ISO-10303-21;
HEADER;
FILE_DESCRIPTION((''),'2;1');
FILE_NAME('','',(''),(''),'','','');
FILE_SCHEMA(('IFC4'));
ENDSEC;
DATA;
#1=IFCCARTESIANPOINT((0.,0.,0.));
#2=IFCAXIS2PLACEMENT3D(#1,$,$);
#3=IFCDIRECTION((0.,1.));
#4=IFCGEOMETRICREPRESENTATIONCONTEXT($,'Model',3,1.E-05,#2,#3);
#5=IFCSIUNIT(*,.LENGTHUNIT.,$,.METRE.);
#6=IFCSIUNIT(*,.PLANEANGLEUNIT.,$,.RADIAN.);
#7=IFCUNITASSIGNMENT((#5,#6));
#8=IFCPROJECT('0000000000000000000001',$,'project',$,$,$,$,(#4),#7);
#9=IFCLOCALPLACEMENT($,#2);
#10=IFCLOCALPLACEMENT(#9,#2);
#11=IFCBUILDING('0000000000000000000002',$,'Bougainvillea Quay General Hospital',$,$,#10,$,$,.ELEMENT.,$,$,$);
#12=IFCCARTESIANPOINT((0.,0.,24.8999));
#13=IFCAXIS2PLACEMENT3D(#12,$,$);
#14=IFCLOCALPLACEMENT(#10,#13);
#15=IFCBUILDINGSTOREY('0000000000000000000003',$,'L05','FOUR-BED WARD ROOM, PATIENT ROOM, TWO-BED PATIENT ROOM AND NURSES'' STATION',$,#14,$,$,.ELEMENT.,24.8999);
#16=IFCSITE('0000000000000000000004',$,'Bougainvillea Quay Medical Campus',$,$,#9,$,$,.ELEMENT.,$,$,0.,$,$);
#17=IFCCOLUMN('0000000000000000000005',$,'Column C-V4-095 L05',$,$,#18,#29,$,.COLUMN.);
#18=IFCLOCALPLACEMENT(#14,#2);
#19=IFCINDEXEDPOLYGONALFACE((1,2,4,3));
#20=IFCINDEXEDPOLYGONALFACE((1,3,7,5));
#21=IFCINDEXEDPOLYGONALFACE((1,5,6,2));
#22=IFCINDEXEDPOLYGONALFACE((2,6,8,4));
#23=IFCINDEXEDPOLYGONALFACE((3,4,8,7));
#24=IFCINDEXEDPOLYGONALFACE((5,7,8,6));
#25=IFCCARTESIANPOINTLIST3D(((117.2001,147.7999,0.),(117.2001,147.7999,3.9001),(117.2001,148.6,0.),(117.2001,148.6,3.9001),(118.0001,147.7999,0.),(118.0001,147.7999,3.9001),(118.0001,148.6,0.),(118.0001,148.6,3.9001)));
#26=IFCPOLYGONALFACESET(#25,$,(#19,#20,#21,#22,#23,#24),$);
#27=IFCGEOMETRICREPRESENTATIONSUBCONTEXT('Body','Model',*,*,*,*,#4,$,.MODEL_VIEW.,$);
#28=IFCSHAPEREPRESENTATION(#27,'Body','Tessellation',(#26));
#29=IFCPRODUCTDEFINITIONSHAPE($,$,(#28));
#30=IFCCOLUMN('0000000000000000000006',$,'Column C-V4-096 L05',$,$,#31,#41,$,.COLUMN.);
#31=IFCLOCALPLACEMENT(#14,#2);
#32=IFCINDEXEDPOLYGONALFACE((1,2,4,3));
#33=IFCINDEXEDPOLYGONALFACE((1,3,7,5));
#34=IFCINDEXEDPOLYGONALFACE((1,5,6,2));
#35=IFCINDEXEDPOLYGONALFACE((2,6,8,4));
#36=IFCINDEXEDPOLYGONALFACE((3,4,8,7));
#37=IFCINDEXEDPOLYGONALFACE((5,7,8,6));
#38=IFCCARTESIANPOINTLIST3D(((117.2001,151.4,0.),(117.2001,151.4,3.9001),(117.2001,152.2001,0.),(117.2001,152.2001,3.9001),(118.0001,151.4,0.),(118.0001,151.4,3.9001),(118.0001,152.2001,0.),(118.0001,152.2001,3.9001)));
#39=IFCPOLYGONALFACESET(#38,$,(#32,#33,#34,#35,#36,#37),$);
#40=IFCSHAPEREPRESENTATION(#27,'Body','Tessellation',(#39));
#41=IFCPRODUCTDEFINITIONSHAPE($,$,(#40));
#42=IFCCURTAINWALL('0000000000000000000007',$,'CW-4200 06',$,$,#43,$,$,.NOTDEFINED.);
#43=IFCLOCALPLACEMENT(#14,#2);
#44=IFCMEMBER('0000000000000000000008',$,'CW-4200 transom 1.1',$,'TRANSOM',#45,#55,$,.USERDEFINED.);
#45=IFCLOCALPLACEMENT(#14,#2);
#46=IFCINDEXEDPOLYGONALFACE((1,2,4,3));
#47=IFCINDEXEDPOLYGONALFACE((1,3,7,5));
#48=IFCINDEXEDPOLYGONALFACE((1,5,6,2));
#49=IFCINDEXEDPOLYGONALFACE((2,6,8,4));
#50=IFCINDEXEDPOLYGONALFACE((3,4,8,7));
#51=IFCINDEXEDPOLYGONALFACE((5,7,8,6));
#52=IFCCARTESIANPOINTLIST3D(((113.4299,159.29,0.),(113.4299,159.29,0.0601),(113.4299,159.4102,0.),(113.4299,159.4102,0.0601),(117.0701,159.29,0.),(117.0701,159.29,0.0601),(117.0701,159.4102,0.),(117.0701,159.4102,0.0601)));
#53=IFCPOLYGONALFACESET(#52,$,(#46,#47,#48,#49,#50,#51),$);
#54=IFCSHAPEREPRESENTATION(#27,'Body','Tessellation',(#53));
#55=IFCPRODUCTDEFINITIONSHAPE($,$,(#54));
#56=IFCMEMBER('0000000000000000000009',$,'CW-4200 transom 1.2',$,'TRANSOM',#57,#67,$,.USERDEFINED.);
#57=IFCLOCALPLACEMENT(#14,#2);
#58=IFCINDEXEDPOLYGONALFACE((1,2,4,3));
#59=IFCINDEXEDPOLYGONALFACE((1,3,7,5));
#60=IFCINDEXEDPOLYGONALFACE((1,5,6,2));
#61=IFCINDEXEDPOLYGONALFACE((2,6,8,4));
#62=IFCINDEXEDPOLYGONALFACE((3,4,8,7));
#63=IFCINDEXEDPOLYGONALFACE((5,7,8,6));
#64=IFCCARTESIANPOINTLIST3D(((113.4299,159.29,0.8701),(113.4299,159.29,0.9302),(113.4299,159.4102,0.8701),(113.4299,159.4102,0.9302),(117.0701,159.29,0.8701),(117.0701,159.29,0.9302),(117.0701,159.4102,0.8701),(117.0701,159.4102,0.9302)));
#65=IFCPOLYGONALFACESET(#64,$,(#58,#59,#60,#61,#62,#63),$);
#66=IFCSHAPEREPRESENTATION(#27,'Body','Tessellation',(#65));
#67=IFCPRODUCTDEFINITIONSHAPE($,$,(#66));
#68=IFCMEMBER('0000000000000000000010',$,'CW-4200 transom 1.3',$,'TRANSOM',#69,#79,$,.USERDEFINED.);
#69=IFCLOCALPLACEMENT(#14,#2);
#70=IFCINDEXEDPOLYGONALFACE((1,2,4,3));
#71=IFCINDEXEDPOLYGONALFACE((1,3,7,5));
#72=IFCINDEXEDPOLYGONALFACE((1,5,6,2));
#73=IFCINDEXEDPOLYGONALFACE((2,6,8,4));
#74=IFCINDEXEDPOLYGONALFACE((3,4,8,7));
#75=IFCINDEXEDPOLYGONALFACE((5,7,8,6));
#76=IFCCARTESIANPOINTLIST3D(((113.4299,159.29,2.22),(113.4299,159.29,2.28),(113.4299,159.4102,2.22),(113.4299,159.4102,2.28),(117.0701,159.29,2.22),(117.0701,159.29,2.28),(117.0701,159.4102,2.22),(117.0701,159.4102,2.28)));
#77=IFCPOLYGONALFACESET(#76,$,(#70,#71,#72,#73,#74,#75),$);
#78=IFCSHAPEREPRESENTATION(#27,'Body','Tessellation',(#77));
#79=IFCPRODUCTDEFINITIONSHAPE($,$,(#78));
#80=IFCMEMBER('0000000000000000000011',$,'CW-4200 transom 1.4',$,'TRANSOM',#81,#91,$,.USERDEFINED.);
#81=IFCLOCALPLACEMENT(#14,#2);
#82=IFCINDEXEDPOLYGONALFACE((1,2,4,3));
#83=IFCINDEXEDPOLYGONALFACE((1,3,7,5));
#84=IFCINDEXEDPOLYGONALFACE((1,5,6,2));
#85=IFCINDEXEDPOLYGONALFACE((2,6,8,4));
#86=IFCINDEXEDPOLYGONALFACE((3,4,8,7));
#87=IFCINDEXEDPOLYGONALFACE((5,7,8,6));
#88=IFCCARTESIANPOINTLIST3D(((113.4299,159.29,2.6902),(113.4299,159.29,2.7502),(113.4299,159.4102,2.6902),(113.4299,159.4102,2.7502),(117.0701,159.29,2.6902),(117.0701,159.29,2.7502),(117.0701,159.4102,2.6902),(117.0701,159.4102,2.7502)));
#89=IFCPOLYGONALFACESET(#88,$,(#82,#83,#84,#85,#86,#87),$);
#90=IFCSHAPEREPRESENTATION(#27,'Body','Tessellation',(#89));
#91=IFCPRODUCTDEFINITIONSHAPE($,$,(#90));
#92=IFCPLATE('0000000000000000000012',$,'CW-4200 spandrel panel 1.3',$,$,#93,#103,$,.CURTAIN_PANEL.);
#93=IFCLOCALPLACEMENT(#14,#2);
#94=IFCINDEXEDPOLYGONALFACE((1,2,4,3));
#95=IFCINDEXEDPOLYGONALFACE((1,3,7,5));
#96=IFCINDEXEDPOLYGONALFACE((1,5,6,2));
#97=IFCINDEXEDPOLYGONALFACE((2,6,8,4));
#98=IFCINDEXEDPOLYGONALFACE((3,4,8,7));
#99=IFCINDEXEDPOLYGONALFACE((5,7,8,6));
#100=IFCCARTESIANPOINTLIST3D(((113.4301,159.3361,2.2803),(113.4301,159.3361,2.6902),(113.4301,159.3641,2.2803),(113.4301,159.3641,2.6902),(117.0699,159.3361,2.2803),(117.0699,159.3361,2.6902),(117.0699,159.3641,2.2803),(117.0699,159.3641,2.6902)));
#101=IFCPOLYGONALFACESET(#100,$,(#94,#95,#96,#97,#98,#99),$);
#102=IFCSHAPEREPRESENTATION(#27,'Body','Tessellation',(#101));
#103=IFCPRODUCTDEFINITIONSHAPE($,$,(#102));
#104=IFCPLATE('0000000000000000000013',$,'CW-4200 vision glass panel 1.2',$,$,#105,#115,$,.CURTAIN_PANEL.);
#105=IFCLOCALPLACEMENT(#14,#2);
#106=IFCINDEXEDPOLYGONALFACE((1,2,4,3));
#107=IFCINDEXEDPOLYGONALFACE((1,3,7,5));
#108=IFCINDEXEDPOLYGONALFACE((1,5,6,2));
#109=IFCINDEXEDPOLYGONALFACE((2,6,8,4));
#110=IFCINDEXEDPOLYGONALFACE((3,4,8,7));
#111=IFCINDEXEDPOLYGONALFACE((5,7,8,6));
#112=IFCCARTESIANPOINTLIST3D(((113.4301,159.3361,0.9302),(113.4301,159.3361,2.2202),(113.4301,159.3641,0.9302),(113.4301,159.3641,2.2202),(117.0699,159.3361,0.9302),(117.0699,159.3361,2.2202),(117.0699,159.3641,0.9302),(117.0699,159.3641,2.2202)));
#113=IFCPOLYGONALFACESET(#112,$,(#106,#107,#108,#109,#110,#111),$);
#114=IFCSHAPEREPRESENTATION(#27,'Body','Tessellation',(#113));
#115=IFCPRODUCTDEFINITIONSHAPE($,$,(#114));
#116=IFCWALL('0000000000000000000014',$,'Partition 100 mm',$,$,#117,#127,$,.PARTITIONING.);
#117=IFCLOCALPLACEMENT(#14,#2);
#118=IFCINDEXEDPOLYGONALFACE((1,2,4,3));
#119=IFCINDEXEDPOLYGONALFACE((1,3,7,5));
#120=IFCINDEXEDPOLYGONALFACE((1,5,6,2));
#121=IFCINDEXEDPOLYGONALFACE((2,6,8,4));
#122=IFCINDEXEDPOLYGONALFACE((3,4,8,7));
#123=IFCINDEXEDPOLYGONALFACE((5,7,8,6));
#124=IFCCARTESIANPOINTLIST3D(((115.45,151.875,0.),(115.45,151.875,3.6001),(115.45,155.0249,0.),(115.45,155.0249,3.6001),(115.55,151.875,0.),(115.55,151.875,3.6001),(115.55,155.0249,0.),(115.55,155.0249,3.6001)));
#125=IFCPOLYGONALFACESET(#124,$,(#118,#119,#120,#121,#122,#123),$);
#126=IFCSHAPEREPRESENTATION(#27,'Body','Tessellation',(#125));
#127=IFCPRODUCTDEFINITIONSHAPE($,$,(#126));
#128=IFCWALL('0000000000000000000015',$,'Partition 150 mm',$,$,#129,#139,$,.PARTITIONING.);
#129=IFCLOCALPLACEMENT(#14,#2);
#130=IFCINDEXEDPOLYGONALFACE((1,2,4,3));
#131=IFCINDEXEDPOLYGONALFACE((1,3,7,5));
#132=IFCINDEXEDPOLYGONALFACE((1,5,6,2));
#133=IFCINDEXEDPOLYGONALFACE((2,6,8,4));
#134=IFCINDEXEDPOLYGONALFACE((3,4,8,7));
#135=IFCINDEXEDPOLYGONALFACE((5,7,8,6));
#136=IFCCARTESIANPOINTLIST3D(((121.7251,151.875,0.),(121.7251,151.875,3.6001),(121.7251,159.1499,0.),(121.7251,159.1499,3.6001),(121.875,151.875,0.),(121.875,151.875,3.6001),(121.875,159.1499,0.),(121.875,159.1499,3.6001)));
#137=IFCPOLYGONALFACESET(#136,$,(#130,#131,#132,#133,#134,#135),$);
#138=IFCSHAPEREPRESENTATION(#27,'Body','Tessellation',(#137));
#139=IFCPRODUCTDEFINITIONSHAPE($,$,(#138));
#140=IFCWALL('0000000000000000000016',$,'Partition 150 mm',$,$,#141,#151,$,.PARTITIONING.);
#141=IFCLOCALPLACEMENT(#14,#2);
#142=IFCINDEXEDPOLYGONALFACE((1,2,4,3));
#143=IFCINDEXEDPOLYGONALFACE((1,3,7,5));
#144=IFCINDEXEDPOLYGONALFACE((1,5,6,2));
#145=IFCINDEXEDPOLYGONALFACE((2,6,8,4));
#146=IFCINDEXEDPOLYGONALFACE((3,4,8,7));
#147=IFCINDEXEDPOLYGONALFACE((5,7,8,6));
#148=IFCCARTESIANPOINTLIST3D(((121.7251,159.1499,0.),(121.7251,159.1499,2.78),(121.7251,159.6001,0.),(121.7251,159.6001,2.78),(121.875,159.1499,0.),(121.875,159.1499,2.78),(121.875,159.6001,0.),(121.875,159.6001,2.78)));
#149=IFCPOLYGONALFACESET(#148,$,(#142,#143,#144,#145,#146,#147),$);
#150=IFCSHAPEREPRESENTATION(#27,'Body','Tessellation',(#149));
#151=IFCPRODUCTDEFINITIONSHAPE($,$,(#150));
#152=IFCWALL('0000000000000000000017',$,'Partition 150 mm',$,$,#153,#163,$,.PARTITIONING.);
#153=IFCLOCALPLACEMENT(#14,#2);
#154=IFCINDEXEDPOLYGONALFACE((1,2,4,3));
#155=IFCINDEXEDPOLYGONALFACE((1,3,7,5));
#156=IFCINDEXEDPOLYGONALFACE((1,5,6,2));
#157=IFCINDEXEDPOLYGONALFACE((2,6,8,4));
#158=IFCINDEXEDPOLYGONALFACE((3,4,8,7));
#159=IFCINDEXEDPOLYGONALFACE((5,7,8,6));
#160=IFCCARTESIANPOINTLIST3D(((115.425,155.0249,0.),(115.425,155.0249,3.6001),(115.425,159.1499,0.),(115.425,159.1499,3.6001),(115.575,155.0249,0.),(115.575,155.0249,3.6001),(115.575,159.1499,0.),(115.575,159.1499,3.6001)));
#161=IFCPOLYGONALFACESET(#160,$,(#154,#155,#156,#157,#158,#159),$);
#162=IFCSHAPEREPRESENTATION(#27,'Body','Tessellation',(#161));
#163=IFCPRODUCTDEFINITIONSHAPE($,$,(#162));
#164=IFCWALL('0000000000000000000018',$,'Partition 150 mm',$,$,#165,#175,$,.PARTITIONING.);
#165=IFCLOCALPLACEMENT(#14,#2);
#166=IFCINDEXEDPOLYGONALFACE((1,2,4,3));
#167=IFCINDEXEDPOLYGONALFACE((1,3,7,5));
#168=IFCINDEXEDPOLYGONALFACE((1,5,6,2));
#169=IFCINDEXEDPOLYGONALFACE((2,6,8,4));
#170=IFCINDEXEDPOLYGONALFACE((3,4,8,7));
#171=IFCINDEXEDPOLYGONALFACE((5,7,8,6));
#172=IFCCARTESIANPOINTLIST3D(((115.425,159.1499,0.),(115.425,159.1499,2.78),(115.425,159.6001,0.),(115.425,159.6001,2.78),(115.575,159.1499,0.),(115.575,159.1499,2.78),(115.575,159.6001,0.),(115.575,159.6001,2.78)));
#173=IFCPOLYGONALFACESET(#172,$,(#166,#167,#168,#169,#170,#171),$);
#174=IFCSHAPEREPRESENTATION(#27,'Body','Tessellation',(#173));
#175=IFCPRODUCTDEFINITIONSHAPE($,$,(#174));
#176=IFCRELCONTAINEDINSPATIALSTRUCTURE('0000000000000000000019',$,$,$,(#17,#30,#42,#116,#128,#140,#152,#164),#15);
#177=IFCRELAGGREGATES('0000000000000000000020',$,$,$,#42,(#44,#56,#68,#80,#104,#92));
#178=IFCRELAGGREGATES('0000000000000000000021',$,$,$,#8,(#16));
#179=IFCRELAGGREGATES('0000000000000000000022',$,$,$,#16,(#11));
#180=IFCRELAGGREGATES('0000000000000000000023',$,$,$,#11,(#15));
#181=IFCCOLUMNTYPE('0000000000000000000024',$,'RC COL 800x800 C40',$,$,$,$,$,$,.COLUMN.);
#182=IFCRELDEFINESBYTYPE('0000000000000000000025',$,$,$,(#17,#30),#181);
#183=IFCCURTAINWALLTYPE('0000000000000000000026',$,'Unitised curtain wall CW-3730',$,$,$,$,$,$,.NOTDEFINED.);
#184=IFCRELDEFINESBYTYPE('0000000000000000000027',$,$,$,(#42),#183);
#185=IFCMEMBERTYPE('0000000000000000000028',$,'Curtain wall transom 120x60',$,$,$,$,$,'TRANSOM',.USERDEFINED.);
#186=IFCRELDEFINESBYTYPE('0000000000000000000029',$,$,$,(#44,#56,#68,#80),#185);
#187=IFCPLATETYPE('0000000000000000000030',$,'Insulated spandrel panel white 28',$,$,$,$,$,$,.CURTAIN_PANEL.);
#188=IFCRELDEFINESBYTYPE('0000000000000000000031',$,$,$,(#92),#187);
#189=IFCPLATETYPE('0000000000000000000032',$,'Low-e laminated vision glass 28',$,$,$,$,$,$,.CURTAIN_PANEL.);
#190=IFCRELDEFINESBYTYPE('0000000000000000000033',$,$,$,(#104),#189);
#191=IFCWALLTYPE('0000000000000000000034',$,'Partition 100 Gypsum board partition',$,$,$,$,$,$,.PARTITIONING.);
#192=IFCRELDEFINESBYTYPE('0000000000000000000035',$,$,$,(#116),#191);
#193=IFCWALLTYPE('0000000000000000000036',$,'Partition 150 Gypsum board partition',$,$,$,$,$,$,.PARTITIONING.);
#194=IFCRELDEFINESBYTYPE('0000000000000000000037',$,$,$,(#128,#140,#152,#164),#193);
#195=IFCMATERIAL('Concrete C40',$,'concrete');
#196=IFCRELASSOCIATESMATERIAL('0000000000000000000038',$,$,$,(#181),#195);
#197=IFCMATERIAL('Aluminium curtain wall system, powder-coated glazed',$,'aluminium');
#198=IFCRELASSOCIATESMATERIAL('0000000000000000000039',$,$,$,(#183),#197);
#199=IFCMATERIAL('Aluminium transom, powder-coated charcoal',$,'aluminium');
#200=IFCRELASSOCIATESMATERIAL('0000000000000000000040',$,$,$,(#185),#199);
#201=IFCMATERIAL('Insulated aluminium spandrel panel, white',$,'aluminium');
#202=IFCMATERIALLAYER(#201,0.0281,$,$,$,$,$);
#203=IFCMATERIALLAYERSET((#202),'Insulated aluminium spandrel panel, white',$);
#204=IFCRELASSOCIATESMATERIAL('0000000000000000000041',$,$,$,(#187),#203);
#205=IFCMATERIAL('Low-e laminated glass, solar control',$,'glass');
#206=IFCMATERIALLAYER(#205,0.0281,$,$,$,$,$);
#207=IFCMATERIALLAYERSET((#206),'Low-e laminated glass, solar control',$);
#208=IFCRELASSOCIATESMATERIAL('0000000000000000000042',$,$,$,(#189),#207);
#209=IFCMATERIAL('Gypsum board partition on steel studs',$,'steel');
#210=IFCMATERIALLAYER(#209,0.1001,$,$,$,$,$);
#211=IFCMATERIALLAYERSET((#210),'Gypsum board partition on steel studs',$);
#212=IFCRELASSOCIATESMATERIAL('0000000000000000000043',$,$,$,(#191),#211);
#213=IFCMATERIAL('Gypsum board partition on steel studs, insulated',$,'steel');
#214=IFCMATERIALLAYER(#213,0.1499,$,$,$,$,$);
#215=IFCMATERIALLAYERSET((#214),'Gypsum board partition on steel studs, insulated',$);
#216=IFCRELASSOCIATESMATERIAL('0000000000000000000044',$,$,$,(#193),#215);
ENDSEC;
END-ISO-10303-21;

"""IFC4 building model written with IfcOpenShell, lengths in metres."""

from ifc_helpers import new_model, si_unit, direction, frame, frame_2d, origin, origin_2d, place, context, subcontext, project, spatial, rectangle, extrude, material, layer, layer_set, material_profile, profile_set, type_object, element, aggregate, save


model = new_model("IFC4")

# Units and contexts
model_context = context("Model", 3, precision=1e-05, world=origin(), true_north=direction((0.0, 1.0)))
body_context = subcontext(model_context, "Body", "Model", "MODEL_VIEW")
ifc_project = project(units=[si_unit("LENGTHUNIT", "METRE"), si_unit("PLANEANGLEUNIT", "RADIAN")], contexts=[model_context])

# Site, building, storey
site_placement = place(None, origin())
site = spatial("IfcSite", under=ifc_project, at=site_placement, Name="Bougainvillea Quay Medical Campus", CompositionType="ELEMENT", RefElevation=0.0)
building_placement = place(site_placement, origin())
building = spatial("IfcBuilding", under=site, at=building_placement, Name="Bougainvillea Quay General Hospital", CompositionType="ELEMENT")
storey_placement = place(building_placement, frame((0.0, 0.0, 24.8999)))
storey = spatial("IfcBuildingStorey", under=building, at=storey_placement, Name="L05", Description="FOUR-BED WARD ROOM, PATIENT ROOM, TWO-BED PATIENT ROOM AND NURSES' STATION", CompositionType="ELEMENT", Elevation=24.8999)

# Columns
ifc_material_1 = material(Name="Concrete C40", Category="concrete")
ifc_material_profile_1 = material_profile(ifc_material_1, rectangle(XDim=0.8, YDim=0.8, at=origin_2d()))
ifc_profile_set_1 = profile_set([ifc_material_profile_1], Name="Concrete C40")
column_type = type_object("IfcColumnType", Name="RC COL 800x800 C40", PredefinedType="COLUMN", material=ifc_profile_set_1)
for number, where, z_axis, x_axis, name in (
    (1, (117.6001, 148.2, 0.0), (0.0, 0.0, 1.0), (1.0, 0.0, 0.0), "Column C-V4-095 L05"),
    (2, (117.6001, 151.8, 0.0), (0.0, 0.0, 1.0), (1.0, 0.0, 0.0), "Column C-V4-096 L05"),
):
    element("IfcColumn", number, at=place(storey_placement, frame(where, z_axis=z_axis, x_axis=x_axis)), inside=storey, type_object=column_type, Name=name, PredefinedType="COLUMN", context=body_context, shape_type="SweptSolid", body=[
        extrude(rectangle(XDim=0.8, YDim=0.8, at=origin_2d()), origin(), (0.0, 0.0, 1.0), 3.9001),
    ])

# Curtain wall, members, plates
ifc_material_2 = material(Name="Aluminium curtain wall system, powder-coated glazed", Category="aluminium")
curtain_wall_type = type_object("IfcCurtainWallType", Name="Unitised curtain wall CW-3730", PredefinedType="NOTDEFINED", material=ifc_material_2)
curtain_wall_placement = place(storey_placement, origin())
curtain_wall = element("IfcCurtainWall", 3, at=curtain_wall_placement, inside=storey, type_object=curtain_wall_type, Name="CW-4200 06", PredefinedType="NOTDEFINED")
ifc_material_3 = material(Name="Aluminium transom, powder-coated charcoal", Category="aluminium")
ifc_material_profile_2 = material_profile(ifc_material_3, rectangle(XDim=0.1201, YDim=0.0601, at=origin_2d()))
ifc_profile_set_2 = profile_set([ifc_material_profile_2], Name="Aluminium transom, powder-coated charcoal")
member_type = type_object("IfcMemberType", Name="Curtain wall transom 120x60", ElementType="TRANSOM", PredefinedType="USERDEFINED", material=ifc_profile_set_2)
member_1_placement = place(storey_placement, frame((117.0701, 159.3501, 0.03), z_axis=(-1.0, 0.0, 0.0), x_axis=(0.0, -1.0, 0.0)))
member_1 = element("IfcMember", 4, at=member_1_placement, type_object=member_type, Name="CW-4200 transom 1.1", ObjectType="TRANSOM", PredefinedType="USERDEFINED", context=body_context, shape_type="SweptSolid", body=[
    extrude(rectangle(XDim=0.1201, YDim=0.0601, at=origin_2d()), origin(), (0.0, 0.0, 1.0), 3.6401),
])
member_2_placement = place(storey_placement, frame((117.0701, 159.3501, 0.9001), z_axis=(-1.0, 0.0, 0.0), x_axis=(0.0, -1.0, 0.0)))
member_2 = element("IfcMember", 5, at=member_2_placement, type_object=member_type, Name="CW-4200 transom 1.2", ObjectType="TRANSOM", PredefinedType="USERDEFINED", context=body_context, shape_type="SweptSolid", body=[
    extrude(rectangle(XDim=0.1201, YDim=0.0601, at=origin_2d()), origin(), (0.0, 0.0, 1.0), 3.6401),
])
member_3_placement = place(storey_placement, frame((117.0701, 159.3501, 2.25), z_axis=(-1.0, 0.0, 0.0), x_axis=(0.0, -1.0, 0.0)))
member_3 = element("IfcMember", 6, at=member_3_placement, type_object=member_type, Name="CW-4200 transom 1.3", ObjectType="TRANSOM", PredefinedType="USERDEFINED", context=body_context, shape_type="SweptSolid", body=[
    extrude(rectangle(XDim=0.1201, YDim=0.0601, at=origin_2d()), origin(), (0.0, 0.0, 1.0), 3.6401),
])
member_4_placement = place(storey_placement, frame((117.0701, 159.3501, 2.7202), z_axis=(-1.0, 0.0, 0.0), x_axis=(0.0, -1.0, 0.0)))
member_4 = element("IfcMember", 7, at=member_4_placement, type_object=member_type, Name="CW-4200 transom 1.4", ObjectType="TRANSOM", PredefinedType="USERDEFINED", context=body_context, shape_type="SweptSolid", body=[
    extrude(rectangle(XDim=0.1201, YDim=0.0601, at=origin_2d()), origin(), (0.0, 0.0, 1.0), 3.6401),
])
ifc_material_4 = material(Name="Insulated aluminium spandrel panel, white", Category="aluminium")
ifc_layer_1 = layer(ifc_material_4, 0.0281)
ifc_layer_set_1 = layer_set([ifc_layer_1], Name="Insulated aluminium spandrel panel, white")
plate_type_1 = type_object("IfcPlateType", Name="Insulated spandrel panel white 28", PredefinedType="CURTAIN_PANEL", material=ifc_layer_set_1)
plate_1_placement = place(storey_placement, frame((115.25, 159.3501, 2.2803), z_axis=(0.0, 0.0, 1.0), x_axis=(-1.0, 0.0, 0.0)))
plate_1 = element("IfcPlate", 8, at=plate_1_placement, type_object=plate_type_1, Name="CW-4200 spandrel panel 1.3", PredefinedType="CURTAIN_PANEL", context=body_context, shape_type="SweptSolid", body=[
    extrude(rectangle(XDim=3.6399, YDim=0.0281, at=origin_2d()), origin(), (0.0, 0.0, 1.0), 0.4099),
])
ifc_material_5 = material(Name="Low-e laminated glass, solar control", Category="glass")
ifc_layer_2 = layer(ifc_material_5, 0.0281)
ifc_layer_set_2 = layer_set([ifc_layer_2], Name="Low-e laminated glass, solar control")
plate_type_2 = type_object("IfcPlateType", Name="Low-e laminated vision glass 28", PredefinedType="CURTAIN_PANEL", material=ifc_layer_set_2)
plate_2_placement = place(storey_placement, frame((115.25, 159.3501, 0.9302), z_axis=(0.0, 0.0, 1.0), x_axis=(-1.0, 0.0, 0.0)))
plate_2 = element("IfcPlate", 9, at=plate_2_placement, type_object=plate_type_2, Name="CW-4200 vision glass panel 1.2", PredefinedType="CURTAIN_PANEL", context=body_context, shape_type="SweptSolid", body=[
    extrude(rectangle(XDim=3.6399, YDim=0.0281, at=origin_2d()), origin(), (0.0, 0.0, 1.0), 1.29),
])
aggregate(curtain_wall, [member_1, member_2, member_3, member_4, plate_2, plate_1])

# Walls
ifc_material_6 = material(Name="Gypsum board partition on steel studs", Category="steel")
ifc_layer_3 = layer(ifc_material_6, 0.1001)
ifc_layer_set_3 = layer_set([ifc_layer_3], Name="Gypsum board partition on steel studs")
wall_type_1 = type_object("IfcWallType", Name="Partition 100 Gypsum board partition", PredefinedType="PARTITIONING", material=ifc_layer_set_3)
wall_1_placement = place(storey_placement, frame((115.5, 151.875, 0.0), z_axis=(0.0, 0.0, 1.0), x_axis=(0.0, 1.0, 0.0)))
element("IfcWall", 10, at=wall_1_placement, inside=storey, type_object=wall_type_1, Name="Partition 100 mm", PredefinedType="PARTITIONING", context=body_context, shape_type="SweptSolid", body=[
    extrude(rectangle(XDim=3.1499, YDim=0.1001, at=frame_2d((1.575, 0.0))), origin(), (0.0, 0.0, 1.0), 3.6001),
])
ifc_material_7 = material(Name="Gypsum board partition on steel studs, insulated", Category="steel")
ifc_layer_4 = layer(ifc_material_7, 0.1499)
ifc_layer_set_4 = layer_set([ifc_layer_4], Name="Gypsum board partition on steel studs, insulated")
wall_type_2 = type_object("IfcWallType", Name="Partition 150 Gypsum board partition", PredefinedType="PARTITIONING", material=ifc_layer_set_4)
wall_2_placement = place(storey_placement, frame((121.8, 151.875, 0.0), z_axis=(0.0, 0.0, 1.0), x_axis=(0.0, 1.0, 0.0)))
element("IfcWall", 11, at=wall_2_placement, inside=storey, type_object=wall_type_2, Name="Partition 150 mm", PredefinedType="PARTITIONING", context=body_context, shape_type="SweptSolid", body=[
    extrude(rectangle(XDim=7.2749, YDim=0.1499, at=frame_2d((3.6375, 0.0))), origin(), (0.0, 0.0, 1.0), 3.6001),
])
wall_3_placement = place(storey_placement, frame((121.8, 159.1499, 0.0), z_axis=(0.0, 0.0, 1.0), x_axis=(0.0, 1.0, 0.0)))
element("IfcWall", 12, at=wall_3_placement, inside=storey, type_object=wall_type_2, Name="Partition 150 mm", PredefinedType="PARTITIONING", context=body_context, shape_type="SweptSolid", body=[
    extrude(rectangle(XDim=0.4502, YDim=0.1499, at=frame_2d((0.2251, 0.0))), origin(), (0.0, 0.0, 1.0), 2.78),
])
wall_4_placement = place(storey_placement, frame((115.5, 155.0249, 0.0), z_axis=(0.0, 0.0, 1.0), x_axis=(0.0, 1.0, 0.0)))
element("IfcWall", 13, at=wall_4_placement, inside=storey, type_object=wall_type_2, Name="Partition 150 mm", PredefinedType="PARTITIONING", context=body_context, shape_type="SweptSolid", body=[
    extrude(rectangle(XDim=4.125, YDim=0.1499, at=frame_2d((2.0625, 0.0))), origin(), (0.0, 0.0, 1.0), 3.6001),
])
wall_5_placement = place(storey_placement, frame((115.5, 159.1499, 0.0), z_axis=(0.0, 0.0, 1.0), x_axis=(0.0, 1.0, 0.0)))
element("IfcWall", 14, at=wall_5_placement, inside=storey, type_object=wall_type_2, Name="Partition 150 mm", PredefinedType="PARTITIONING", context=body_context, shape_type="SweptSolid", body=[
    extrude(rectangle(XDim=0.4502, YDim=0.1499, at=frame_2d((0.2251, 0.0))), origin(), (0.0, 0.0, 1.0), 2.78),
])

save(model, "model.ifc")
